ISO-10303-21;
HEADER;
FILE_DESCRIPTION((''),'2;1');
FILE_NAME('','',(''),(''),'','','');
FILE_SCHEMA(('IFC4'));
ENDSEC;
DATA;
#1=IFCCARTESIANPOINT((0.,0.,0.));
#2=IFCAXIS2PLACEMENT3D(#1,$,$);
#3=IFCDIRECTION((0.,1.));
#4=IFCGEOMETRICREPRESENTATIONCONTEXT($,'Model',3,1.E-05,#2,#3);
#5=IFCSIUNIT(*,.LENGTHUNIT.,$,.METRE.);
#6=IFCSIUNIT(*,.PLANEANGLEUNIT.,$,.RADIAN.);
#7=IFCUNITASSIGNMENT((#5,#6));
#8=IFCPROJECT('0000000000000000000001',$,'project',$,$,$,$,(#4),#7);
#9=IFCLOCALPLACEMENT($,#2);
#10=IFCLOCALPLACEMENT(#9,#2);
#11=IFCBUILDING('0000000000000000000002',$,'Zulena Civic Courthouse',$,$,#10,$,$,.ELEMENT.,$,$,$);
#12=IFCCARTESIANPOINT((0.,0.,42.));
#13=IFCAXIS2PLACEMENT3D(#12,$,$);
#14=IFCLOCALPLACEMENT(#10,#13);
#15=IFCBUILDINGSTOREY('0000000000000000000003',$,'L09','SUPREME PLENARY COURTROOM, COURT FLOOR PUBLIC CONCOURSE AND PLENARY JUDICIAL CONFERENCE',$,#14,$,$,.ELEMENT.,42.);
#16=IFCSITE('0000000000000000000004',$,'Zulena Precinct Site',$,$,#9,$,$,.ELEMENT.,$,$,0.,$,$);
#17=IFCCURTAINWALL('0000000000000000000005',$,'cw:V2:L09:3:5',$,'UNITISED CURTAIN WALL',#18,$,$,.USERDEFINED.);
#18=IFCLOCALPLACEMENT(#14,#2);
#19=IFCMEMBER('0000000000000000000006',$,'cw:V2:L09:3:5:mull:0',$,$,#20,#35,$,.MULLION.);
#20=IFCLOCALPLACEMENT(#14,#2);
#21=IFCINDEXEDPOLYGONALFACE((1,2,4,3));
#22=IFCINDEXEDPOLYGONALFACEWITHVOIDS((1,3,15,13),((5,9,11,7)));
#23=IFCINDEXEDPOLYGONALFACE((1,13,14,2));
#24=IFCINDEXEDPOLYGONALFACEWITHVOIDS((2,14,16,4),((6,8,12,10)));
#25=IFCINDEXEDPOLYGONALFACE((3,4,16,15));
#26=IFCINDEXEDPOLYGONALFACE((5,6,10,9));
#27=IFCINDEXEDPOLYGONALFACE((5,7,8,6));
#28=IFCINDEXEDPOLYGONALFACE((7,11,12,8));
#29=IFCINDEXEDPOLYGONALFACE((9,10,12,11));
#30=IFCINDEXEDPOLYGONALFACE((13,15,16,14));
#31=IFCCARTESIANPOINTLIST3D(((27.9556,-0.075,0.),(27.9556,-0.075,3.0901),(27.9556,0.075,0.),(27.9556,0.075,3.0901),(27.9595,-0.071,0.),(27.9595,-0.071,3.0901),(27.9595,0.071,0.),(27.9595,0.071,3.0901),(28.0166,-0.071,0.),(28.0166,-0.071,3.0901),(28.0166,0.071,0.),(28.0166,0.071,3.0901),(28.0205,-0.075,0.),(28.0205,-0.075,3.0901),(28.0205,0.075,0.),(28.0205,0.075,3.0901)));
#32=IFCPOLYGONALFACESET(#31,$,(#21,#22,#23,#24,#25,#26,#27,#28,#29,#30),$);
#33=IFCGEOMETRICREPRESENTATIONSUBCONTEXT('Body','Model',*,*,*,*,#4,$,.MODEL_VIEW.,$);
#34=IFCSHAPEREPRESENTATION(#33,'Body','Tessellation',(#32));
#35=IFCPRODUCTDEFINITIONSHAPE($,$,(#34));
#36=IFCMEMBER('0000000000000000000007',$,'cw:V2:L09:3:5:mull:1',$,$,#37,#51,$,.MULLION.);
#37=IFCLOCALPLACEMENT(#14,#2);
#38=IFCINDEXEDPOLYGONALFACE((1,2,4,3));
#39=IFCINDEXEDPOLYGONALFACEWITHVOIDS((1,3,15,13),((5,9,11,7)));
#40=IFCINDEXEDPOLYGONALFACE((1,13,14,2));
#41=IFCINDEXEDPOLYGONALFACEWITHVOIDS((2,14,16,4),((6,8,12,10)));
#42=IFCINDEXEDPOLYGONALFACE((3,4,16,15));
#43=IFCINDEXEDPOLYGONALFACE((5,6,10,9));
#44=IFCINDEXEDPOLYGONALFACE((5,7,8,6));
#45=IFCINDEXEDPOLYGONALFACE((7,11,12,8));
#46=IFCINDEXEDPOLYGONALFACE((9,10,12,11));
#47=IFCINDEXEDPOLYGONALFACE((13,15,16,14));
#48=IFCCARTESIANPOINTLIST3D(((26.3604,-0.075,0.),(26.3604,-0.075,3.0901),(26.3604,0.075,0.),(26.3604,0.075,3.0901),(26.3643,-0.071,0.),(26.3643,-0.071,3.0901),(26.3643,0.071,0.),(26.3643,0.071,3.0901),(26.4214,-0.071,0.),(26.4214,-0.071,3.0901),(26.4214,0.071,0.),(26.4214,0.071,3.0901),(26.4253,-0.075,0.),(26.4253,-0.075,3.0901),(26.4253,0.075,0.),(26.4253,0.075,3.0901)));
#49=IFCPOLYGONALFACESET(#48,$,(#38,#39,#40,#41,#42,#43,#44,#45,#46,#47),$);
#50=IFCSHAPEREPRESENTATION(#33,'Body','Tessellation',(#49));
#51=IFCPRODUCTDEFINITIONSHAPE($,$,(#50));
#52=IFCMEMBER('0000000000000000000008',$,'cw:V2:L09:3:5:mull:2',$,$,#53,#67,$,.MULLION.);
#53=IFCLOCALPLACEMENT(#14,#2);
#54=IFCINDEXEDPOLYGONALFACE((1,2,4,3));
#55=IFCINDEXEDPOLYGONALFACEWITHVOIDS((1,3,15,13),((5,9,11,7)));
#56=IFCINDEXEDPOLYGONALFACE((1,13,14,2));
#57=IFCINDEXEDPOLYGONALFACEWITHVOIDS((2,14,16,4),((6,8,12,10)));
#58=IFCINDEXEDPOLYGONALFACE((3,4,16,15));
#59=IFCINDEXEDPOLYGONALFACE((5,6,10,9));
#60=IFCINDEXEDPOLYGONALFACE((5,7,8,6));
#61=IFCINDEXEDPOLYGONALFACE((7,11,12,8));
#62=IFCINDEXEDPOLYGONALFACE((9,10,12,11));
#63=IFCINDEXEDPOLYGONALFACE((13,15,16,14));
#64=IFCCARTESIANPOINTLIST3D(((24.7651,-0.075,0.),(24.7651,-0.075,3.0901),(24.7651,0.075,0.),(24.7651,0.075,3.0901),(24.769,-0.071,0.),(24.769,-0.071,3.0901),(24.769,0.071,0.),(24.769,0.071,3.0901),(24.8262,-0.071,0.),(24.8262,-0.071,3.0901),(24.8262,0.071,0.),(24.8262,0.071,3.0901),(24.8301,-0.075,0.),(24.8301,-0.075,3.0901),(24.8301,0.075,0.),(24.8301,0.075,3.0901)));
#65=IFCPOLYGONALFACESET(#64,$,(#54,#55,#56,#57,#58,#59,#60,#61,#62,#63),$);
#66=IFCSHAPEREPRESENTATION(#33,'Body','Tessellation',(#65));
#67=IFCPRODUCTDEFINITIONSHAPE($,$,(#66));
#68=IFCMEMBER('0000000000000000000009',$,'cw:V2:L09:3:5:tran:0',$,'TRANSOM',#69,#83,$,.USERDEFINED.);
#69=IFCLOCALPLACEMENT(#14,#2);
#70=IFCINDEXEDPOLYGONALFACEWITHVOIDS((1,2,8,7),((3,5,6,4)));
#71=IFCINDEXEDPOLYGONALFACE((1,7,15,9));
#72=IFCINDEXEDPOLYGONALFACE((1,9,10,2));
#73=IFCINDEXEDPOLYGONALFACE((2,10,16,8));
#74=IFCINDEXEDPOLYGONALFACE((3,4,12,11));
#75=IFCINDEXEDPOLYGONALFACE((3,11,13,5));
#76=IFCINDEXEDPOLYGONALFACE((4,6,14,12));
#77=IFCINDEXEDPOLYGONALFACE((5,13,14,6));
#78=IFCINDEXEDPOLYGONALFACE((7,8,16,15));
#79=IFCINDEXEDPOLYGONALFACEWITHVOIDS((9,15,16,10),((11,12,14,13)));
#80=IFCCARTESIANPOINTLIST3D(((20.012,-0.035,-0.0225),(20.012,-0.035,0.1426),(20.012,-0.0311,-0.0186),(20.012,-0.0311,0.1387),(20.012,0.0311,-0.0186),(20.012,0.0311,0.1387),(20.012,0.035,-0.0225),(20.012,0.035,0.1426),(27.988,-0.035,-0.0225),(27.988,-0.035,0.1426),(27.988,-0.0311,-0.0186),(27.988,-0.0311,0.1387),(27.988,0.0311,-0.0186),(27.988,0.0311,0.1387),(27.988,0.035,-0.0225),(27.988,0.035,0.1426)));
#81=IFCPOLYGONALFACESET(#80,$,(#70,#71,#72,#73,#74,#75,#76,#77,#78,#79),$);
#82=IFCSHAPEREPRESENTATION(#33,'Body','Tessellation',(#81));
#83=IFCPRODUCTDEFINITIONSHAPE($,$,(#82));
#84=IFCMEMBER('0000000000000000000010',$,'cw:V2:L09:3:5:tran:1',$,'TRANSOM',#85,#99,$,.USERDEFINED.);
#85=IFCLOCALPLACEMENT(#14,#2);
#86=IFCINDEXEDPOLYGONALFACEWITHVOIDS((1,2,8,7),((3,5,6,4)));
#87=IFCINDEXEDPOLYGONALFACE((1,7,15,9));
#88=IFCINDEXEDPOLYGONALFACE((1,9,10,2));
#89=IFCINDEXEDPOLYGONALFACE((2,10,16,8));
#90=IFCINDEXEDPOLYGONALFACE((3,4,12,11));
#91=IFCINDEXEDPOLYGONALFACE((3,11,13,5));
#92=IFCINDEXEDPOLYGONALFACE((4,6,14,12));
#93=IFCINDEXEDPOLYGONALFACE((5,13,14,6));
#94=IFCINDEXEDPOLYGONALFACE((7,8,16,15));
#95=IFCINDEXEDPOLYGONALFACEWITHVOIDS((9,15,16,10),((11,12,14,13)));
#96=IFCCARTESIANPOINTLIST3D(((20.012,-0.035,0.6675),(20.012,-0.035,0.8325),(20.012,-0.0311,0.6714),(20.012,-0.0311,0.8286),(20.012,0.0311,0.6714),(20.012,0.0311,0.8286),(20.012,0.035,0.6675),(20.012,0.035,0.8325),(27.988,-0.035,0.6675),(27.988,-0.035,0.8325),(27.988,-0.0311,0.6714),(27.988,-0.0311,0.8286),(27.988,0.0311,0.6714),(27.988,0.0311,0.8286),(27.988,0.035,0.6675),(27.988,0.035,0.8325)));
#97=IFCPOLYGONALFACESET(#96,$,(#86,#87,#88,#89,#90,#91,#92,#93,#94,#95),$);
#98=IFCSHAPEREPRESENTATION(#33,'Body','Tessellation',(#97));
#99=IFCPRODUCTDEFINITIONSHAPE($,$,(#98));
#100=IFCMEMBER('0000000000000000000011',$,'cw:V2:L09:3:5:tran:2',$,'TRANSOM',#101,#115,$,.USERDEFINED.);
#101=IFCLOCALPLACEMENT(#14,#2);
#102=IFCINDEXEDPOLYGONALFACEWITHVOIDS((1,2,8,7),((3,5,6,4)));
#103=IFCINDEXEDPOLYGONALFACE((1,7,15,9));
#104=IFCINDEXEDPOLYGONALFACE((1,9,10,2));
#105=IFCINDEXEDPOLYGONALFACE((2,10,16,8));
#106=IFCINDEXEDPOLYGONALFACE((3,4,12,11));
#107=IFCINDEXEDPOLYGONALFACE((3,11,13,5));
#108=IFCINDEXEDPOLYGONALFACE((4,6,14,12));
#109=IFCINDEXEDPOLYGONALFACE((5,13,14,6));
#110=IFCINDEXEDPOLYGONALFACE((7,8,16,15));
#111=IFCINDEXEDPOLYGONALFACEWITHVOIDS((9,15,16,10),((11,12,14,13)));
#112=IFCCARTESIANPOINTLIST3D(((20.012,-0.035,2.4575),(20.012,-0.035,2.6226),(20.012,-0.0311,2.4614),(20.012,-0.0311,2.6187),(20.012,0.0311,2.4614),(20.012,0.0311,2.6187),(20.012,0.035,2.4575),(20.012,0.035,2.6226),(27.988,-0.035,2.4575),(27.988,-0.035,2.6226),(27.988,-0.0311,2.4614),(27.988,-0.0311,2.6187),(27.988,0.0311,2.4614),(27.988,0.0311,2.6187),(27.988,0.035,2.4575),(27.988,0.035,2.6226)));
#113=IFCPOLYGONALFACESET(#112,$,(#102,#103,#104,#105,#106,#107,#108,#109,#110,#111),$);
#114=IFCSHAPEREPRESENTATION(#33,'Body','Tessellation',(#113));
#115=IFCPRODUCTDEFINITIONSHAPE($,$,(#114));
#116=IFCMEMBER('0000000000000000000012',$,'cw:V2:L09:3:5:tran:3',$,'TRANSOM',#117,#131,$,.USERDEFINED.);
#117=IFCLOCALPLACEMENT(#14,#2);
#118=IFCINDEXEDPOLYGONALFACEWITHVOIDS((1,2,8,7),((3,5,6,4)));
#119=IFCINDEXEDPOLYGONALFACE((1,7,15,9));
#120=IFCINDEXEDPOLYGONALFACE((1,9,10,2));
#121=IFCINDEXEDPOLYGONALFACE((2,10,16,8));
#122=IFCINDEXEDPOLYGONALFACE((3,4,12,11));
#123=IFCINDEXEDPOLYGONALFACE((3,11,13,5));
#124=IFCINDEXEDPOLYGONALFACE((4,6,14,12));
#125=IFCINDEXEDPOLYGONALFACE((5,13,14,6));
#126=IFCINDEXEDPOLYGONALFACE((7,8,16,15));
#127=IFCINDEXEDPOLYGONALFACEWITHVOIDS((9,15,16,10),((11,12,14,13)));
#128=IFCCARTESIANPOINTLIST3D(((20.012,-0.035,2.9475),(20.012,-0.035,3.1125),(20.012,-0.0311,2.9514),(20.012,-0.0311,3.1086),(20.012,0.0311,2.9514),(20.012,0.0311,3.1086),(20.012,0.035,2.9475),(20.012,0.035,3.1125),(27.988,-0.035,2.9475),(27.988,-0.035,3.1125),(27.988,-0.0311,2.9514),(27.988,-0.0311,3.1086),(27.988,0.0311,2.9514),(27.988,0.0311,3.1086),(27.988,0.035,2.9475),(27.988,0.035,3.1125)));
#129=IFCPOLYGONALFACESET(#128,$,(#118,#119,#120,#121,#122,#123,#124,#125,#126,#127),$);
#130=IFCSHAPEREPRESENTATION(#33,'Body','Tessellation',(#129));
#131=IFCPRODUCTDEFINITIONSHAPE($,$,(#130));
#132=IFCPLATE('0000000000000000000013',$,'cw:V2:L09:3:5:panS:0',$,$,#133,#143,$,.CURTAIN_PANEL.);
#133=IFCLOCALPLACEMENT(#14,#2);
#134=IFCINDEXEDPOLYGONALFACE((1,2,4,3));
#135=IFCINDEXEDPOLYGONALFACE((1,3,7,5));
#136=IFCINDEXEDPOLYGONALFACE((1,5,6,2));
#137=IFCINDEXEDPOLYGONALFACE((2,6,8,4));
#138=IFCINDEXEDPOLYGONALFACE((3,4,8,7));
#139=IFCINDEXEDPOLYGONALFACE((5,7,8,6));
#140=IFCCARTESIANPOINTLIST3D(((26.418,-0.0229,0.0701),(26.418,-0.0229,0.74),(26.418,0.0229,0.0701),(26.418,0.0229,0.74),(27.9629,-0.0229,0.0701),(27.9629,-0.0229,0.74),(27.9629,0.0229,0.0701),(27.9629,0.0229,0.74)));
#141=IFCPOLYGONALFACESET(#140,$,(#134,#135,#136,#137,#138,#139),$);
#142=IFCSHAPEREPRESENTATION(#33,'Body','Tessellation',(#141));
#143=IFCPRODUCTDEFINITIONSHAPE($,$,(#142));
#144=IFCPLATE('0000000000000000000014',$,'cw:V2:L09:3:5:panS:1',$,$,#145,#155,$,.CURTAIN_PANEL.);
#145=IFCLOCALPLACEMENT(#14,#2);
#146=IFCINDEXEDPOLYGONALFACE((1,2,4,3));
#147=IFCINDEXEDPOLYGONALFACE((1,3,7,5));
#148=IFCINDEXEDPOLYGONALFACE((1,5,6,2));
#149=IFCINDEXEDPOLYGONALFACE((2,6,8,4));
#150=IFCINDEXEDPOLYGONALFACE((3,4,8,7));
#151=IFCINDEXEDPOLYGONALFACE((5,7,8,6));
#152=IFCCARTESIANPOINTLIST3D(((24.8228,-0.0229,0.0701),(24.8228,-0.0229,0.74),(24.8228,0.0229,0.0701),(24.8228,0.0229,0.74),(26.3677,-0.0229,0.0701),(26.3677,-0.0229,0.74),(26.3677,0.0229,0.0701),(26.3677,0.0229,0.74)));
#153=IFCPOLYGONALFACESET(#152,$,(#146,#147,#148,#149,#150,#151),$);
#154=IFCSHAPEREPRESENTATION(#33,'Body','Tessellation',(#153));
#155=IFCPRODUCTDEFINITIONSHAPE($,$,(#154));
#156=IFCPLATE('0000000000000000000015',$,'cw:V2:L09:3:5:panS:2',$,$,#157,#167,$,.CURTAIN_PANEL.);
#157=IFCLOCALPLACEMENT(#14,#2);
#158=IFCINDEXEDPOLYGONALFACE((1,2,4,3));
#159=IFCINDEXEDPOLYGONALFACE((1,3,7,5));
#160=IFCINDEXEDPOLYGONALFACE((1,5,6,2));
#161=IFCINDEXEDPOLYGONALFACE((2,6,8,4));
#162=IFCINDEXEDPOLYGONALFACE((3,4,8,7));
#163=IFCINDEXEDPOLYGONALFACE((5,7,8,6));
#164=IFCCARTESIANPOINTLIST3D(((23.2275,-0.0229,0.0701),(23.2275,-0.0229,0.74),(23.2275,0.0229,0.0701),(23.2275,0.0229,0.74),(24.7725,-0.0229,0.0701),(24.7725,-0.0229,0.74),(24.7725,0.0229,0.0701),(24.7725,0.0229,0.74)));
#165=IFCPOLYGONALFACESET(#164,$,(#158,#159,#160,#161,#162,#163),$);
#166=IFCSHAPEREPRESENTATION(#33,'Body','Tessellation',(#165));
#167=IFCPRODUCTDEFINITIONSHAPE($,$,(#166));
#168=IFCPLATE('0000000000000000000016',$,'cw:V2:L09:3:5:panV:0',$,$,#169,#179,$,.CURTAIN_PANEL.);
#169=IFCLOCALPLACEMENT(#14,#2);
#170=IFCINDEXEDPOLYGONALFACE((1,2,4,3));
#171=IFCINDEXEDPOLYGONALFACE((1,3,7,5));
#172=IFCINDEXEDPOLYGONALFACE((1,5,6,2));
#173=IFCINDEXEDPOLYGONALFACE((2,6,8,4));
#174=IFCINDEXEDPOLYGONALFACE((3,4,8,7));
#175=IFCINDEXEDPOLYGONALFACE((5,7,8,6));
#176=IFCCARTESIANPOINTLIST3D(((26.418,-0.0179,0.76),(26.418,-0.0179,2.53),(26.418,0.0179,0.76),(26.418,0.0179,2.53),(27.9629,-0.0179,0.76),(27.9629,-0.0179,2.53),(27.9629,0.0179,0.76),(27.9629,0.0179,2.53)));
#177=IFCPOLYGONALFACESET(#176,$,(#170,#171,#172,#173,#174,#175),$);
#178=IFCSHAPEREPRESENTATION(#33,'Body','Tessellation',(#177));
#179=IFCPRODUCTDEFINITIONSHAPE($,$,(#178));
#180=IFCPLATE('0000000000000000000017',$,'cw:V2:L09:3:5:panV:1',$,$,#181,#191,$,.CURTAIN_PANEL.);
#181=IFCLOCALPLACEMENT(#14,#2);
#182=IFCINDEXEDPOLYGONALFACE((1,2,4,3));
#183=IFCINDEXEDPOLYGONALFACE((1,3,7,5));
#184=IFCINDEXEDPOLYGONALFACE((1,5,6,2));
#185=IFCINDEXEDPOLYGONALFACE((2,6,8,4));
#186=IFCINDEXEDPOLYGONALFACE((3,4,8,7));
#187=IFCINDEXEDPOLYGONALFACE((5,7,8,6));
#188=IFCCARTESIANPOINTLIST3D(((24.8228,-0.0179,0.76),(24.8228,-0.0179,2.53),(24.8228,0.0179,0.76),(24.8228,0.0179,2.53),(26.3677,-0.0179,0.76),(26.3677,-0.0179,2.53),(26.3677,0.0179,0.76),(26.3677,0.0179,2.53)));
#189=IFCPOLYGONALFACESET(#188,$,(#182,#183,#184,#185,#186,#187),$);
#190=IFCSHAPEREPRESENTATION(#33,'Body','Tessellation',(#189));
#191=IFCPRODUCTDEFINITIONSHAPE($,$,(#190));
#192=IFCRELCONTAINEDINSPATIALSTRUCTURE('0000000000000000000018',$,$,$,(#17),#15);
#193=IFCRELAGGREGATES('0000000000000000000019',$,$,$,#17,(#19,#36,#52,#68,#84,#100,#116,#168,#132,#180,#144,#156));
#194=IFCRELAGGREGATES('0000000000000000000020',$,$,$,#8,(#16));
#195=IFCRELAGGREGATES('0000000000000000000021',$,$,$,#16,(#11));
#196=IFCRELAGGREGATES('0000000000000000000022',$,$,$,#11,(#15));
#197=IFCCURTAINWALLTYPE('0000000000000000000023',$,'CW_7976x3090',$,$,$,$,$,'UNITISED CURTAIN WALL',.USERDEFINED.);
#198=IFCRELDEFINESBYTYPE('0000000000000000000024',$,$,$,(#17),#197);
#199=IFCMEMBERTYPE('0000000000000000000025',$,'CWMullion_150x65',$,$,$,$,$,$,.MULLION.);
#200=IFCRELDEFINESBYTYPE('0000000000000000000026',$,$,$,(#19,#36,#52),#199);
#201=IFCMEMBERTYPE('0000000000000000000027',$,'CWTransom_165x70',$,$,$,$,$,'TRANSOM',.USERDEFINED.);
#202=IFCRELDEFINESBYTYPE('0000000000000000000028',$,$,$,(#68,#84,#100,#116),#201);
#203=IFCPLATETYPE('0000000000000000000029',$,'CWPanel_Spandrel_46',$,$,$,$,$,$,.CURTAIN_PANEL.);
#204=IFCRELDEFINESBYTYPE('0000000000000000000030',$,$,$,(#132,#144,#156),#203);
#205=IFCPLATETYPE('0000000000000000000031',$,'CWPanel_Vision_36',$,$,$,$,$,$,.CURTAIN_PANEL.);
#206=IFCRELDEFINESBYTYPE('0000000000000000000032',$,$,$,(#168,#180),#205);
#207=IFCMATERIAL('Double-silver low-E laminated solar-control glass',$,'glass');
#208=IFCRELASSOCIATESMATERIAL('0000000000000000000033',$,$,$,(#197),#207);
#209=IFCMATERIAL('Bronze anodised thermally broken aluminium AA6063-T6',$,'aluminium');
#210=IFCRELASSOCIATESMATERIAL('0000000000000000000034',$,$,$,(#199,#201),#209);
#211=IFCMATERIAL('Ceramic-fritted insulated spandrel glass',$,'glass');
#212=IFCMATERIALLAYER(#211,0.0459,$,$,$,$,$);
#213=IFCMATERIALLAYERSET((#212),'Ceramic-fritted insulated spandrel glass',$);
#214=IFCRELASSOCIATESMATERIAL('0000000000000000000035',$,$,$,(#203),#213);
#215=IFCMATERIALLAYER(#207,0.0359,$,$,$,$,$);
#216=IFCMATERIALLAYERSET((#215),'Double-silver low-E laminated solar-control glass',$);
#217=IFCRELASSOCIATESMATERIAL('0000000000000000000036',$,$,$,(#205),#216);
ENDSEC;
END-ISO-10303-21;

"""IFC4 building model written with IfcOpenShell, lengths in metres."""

from ifc_helpers import new_model, si_unit, direction, frame, origin, origin_2d, place, context, subcontext, project, spatial, rectangle, hollow_rectangle, extrude, material, layer, layer_set, material_profile, profile_set, type_object, element, aggregate, save


model = new_model("IFC4")

# Units and contexts
model_context = context("Model", 3, precision=1e-05, world=origin(), true_north=direction((0.0, 1.0)))
body_context = subcontext(model_context, "Body", "Model", "MODEL_VIEW")
ifc_project = project(units=[si_unit("LENGTHUNIT", "METRE"), si_unit("PLANEANGLEUNIT", "RADIAN")], contexts=[model_context])

# Site, building, storey
site_placement = place(None, origin())
site = spatial("IfcSite", under=ifc_project, at=site_placement, Name="Zulena Precinct Site", CompositionType="ELEMENT", RefElevation=0.0)
building_placement = place(site_placement, origin())
building = spatial("IfcBuilding", under=site, at=building_placement, Name="Zulena Civic Courthouse", CompositionType="ELEMENT")
storey_placement = place(building_placement, frame((0.0, 0.0, 42.0)))
storey = spatial("IfcBuildingStorey", under=building, at=storey_placement, Name="L09", Description="SUPREME PLENARY COURTROOM, COURT FLOOR PUBLIC CONCOURSE AND PLENARY JUDICIAL CONFERENCE", CompositionType="ELEMENT", Elevation=42.0)

# Curtain wall, members, plates
ifc_material_1 = material(Name="Double-silver low-E laminated solar-control glass", Category="glass")
curtain_wall_type = type_object("IfcCurtainWallType", Name="CW_7976x3090", ElementType="UNITISED CURTAIN WALL", PredefinedType="USERDEFINED", material=ifc_material_1)
curtain_wall_placement = place(storey_placement, origin())
curtain_wall = element("IfcCurtainWall", 1, at=curtain_wall_placement, inside=storey, type_object=curtain_wall_type, Name="cw:V2:L09:3:5", ObjectType="UNITISED CURTAIN WALL", PredefinedType="USERDEFINED")
ifc_material_2 = material(Name="Bronze anodised thermally broken aluminium AA6063-T6", Category="aluminium")
ifc_material_profile_1 = material_profile(ifc_material_2, hollow_rectangle(XDim=0.0649, YDim=0.1499, WallThickness=0.0039, at=origin_2d()), Name="CWM150X65X4")
ifc_profile_set_1 = profile_set([ifc_material_profile_1], Name="Bronze anodised thermally broken aluminium AA6063-T6")
member_type_1 = type_object("IfcMemberType", Name="CWMullion_150x65", PredefinedType="MULLION", material=ifc_profile_set_1)
member_1_placement = place(storey_placement, frame((27.988, 0.0, 0.0), z_axis=(0.0, 0.0, 1.0), x_axis=(1.0, 0.0, 0.0)))
member_1 = element("IfcMember", 2, at=member_1_placement, type_object=member_type_1, Name="cw:V2:L09:3:5:mull:0", PredefinedType="MULLION", context=body_context, shape_type="SweptSolid", body=[
    extrude(hollow_rectangle(XDim=0.0649, YDim=0.1499, WallThickness=0.0039, at=origin_2d()), origin(), (0.0, 0.0, 1.0), 3.0901),
])
member_2_placement = place(storey_placement, frame((26.3928, 0.0, 0.0), z_axis=(0.0, 0.0, 1.0), x_axis=(1.0, 0.0, 0.0)))
member_2 = element("IfcMember", 3, at=member_2_placement, type_object=member_type_1, Name="cw:V2:L09:3:5:mull:1", PredefinedType="MULLION", context=body_context, shape_type="SweptSolid", body=[
    extrude(hollow_rectangle(XDim=0.0649, YDim=0.1499, WallThickness=0.0039, at=origin_2d()), origin(), (0.0, 0.0, 1.0), 3.0901),
])
member_3_placement = place(storey_placement, frame((24.7976, 0.0, 0.0), z_axis=(0.0, 0.0, 1.0), x_axis=(1.0, 0.0, 0.0)))
member_3 = element("IfcMember", 4, at=member_3_placement, type_object=member_type_1, Name="cw:V2:L09:3:5:mull:2", PredefinedType="MULLION", context=body_context, shape_type="SweptSolid", body=[
    extrude(hollow_rectangle(XDim=0.0649, YDim=0.1499, WallThickness=0.0039, at=origin_2d()), origin(), (0.0, 0.0, 1.0), 3.0901),
])
ifc_material_profile_2 = material_profile(ifc_material_2, hollow_rectangle(XDim=0.0701, YDim=0.165, WallThickness=0.0039, at=origin_2d()), Name="CWT165X70X4")
ifc_profile_set_2 = profile_set([ifc_material_profile_2], Name="Bronze anodised thermally broken aluminium AA6063-T6")
member_type_2 = type_object("IfcMemberType", Name="CWTransom_165x70", ElementType="TRANSOM", PredefinedType="USERDEFINED", material=ifc_profile_set_2)
member_4_placement = place(storey_placement, frame((27.988, 0.0, 0.0601), z_axis=(-1.0, 0.0, 0.0), x_axis=(0.0, -1.0, 0.0)))
member_4 = element("IfcMember", 5, at=member_4_placement, type_object=member_type_2, Name="cw:V2:L09:3:5:tran:0", ObjectType="TRANSOM", PredefinedType="USERDEFINED", context=body_context, shape_type="SweptSolid", body=[
    extrude(hollow_rectangle(XDim=0.0701, YDim=0.165, WallThickness=0.0039, at=origin_2d()), origin(), (0.0, 0.0, 1.0), 7.9761),
])
member_5_placement = place(storey_placement, frame((27.988, 0.0, 0.75), z_axis=(-1.0, 0.0, 0.0), x_axis=(0.0, -1.0, 0.0)))
member_5 = element("IfcMember", 6, at=member_5_placement, type_object=member_type_2, Name="cw:V2:L09:3:5:tran:1", ObjectType="TRANSOM", PredefinedType="USERDEFINED", context=body_context, shape_type="SweptSolid", body=[
    extrude(hollow_rectangle(XDim=0.0701, YDim=0.165, WallThickness=0.0039, at=origin_2d()), origin(), (0.0, 0.0, 1.0), 7.9761),
])
member_6_placement = place(storey_placement, frame((27.988, 0.0, 2.54), z_axis=(-1.0, 0.0, 0.0), x_axis=(0.0, -1.0, 0.0)))
member_6 = element("IfcMember", 7, at=member_6_placement, type_object=member_type_2, Name="cw:V2:L09:3:5:tran:2", ObjectType="TRANSOM", PredefinedType="USERDEFINED", context=body_context, shape_type="SweptSolid", body=[
    extrude(hollow_rectangle(XDim=0.0701, YDim=0.165, WallThickness=0.0039, at=origin_2d()), origin(), (0.0, 0.0, 1.0), 7.9761),
])
member_7_placement = place(storey_placement, frame((27.988, 0.0, 3.03), z_axis=(-1.0, 0.0, 0.0), x_axis=(0.0, -1.0, 0.0)))
member_7 = element("IfcMember", 8, at=member_7_placement, type_object=member_type_2, Name="cw:V2:L09:3:5:tran:3", ObjectType="TRANSOM", PredefinedType="USERDEFINED", context=body_context, shape_type="SweptSolid", body=[
    extrude(hollow_rectangle(XDim=0.0701, YDim=0.165, WallThickness=0.0039, at=origin_2d()), origin(), (0.0, 0.0, 1.0), 7.9761),
])
ifc_material_3 = material(Name="Ceramic-fritted insulated spandrel glass", Category="glass")
ifc_layer_1 = layer(ifc_material_3, 0.0459)
ifc_layer_set_1 = layer_set([ifc_layer_1], Name="Ceramic-fritted insulated spandrel glass")
plate_type_1 = type_object("IfcPlateType", Name="CWPanel_Spandrel_46", PredefinedType="CURTAIN_PANEL", material=ifc_layer_set_1)
plate_1_placement = place(storey_placement, frame((27.1904, 0.0, 0.0701), z_axis=(0.0, 0.0, 1.0), x_axis=(-1.0, 0.0, 0.0)))
plate_1 = element("IfcPlate", 9, at=plate_1_placement, type_object=plate_type_1, Name="cw:V2:L09:3:5:panS:0", PredefinedType="CURTAIN_PANEL", context=body_context, shape_type="SweptSolid", body=[
    extrude(rectangle(XDim=1.5449, YDim=0.0459, at=origin_2d()), origin(), (0.0, 0.0, 1.0), 0.6699),
])
plate_2_placement = place(storey_placement, frame((25.5952, 0.0, 0.0701), z_axis=(0.0, 0.0, 1.0), x_axis=(-1.0, 0.0, 0.0)))
plate_2 = element("IfcPlate", 10, at=plate_2_placement, type_object=plate_type_1, Name="cw:V2:L09:3:5:panS:1", PredefinedType="CURTAIN_PANEL", context=body_context, shape_type="SweptSolid", body=[
    extrude(rectangle(XDim=1.5449, YDim=0.0459, at=origin_2d()), origin(), (0.0, 0.0, 1.0), 0.6699),
])
plate_3_placement = place(storey_placement, frame((24.0, 0.0, 0.0701), z_axis=(0.0, 0.0, 1.0), x_axis=(-1.0, 0.0, 0.0)))
plate_3 = element("IfcPlate", 11, at=plate_3_placement, type_object=plate_type_1, Name="cw:V2:L09:3:5:panS:2", PredefinedType="CURTAIN_PANEL", context=body_context, shape_type="SweptSolid", body=[
    extrude(rectangle(XDim=1.5449, YDim=0.0459, at=origin_2d()), origin(), (0.0, 0.0, 1.0), 0.6699),
])
ifc_layer_2 = layer(ifc_material_1, 0.0359)
ifc_layer_set_2 = layer_set([ifc_layer_2], Name="Double-silver low-E laminated solar-control glass")
plate_type_2 = type_object("IfcPlateType", Name="CWPanel_Vision_36", PredefinedType="CURTAIN_PANEL", material=ifc_layer_set_2)
plate_4_placement = place(storey_placement, frame((27.1904, 0.0, 0.76), z_axis=(0.0, 0.0, 1.0), x_axis=(-1.0, 0.0, 0.0)))
plate_4 = element("IfcPlate", 12, at=plate_4_placement, type_object=plate_type_2, Name="cw:V2:L09:3:5:panV:0", PredefinedType="CURTAIN_PANEL", context=body_context, shape_type="SweptSolid", body=[
    extrude(rectangle(XDim=1.5449, YDim=0.0359, at=origin_2d()), origin(), (0.0, 0.0, 1.0), 1.77),
])
plate_5_placement = place(storey_placement, frame((25.5952, 0.0, 0.76), z_axis=(0.0, 0.0, 1.0), x_axis=(-1.0, 0.0, 0.0)))
plate_5 = element("IfcPlate", 13, at=plate_5_placement, type_object=plate_type_2, Name="cw:V2:L09:3:5:panV:1", PredefinedType="CURTAIN_PANEL", context=body_context, shape_type="SweptSolid", body=[
    extrude(rectangle(XDim=1.5449, YDim=0.0359, at=origin_2d()), origin(), (0.0, 0.0, 1.0), 1.77),
])
aggregate(curtain_wall, [member_1, member_2, member_3, member_4, member_5, member_6, member_7, plate_4, plate_1, plate_5, plate_2, plate_3])

save(model, "model.ifc")
